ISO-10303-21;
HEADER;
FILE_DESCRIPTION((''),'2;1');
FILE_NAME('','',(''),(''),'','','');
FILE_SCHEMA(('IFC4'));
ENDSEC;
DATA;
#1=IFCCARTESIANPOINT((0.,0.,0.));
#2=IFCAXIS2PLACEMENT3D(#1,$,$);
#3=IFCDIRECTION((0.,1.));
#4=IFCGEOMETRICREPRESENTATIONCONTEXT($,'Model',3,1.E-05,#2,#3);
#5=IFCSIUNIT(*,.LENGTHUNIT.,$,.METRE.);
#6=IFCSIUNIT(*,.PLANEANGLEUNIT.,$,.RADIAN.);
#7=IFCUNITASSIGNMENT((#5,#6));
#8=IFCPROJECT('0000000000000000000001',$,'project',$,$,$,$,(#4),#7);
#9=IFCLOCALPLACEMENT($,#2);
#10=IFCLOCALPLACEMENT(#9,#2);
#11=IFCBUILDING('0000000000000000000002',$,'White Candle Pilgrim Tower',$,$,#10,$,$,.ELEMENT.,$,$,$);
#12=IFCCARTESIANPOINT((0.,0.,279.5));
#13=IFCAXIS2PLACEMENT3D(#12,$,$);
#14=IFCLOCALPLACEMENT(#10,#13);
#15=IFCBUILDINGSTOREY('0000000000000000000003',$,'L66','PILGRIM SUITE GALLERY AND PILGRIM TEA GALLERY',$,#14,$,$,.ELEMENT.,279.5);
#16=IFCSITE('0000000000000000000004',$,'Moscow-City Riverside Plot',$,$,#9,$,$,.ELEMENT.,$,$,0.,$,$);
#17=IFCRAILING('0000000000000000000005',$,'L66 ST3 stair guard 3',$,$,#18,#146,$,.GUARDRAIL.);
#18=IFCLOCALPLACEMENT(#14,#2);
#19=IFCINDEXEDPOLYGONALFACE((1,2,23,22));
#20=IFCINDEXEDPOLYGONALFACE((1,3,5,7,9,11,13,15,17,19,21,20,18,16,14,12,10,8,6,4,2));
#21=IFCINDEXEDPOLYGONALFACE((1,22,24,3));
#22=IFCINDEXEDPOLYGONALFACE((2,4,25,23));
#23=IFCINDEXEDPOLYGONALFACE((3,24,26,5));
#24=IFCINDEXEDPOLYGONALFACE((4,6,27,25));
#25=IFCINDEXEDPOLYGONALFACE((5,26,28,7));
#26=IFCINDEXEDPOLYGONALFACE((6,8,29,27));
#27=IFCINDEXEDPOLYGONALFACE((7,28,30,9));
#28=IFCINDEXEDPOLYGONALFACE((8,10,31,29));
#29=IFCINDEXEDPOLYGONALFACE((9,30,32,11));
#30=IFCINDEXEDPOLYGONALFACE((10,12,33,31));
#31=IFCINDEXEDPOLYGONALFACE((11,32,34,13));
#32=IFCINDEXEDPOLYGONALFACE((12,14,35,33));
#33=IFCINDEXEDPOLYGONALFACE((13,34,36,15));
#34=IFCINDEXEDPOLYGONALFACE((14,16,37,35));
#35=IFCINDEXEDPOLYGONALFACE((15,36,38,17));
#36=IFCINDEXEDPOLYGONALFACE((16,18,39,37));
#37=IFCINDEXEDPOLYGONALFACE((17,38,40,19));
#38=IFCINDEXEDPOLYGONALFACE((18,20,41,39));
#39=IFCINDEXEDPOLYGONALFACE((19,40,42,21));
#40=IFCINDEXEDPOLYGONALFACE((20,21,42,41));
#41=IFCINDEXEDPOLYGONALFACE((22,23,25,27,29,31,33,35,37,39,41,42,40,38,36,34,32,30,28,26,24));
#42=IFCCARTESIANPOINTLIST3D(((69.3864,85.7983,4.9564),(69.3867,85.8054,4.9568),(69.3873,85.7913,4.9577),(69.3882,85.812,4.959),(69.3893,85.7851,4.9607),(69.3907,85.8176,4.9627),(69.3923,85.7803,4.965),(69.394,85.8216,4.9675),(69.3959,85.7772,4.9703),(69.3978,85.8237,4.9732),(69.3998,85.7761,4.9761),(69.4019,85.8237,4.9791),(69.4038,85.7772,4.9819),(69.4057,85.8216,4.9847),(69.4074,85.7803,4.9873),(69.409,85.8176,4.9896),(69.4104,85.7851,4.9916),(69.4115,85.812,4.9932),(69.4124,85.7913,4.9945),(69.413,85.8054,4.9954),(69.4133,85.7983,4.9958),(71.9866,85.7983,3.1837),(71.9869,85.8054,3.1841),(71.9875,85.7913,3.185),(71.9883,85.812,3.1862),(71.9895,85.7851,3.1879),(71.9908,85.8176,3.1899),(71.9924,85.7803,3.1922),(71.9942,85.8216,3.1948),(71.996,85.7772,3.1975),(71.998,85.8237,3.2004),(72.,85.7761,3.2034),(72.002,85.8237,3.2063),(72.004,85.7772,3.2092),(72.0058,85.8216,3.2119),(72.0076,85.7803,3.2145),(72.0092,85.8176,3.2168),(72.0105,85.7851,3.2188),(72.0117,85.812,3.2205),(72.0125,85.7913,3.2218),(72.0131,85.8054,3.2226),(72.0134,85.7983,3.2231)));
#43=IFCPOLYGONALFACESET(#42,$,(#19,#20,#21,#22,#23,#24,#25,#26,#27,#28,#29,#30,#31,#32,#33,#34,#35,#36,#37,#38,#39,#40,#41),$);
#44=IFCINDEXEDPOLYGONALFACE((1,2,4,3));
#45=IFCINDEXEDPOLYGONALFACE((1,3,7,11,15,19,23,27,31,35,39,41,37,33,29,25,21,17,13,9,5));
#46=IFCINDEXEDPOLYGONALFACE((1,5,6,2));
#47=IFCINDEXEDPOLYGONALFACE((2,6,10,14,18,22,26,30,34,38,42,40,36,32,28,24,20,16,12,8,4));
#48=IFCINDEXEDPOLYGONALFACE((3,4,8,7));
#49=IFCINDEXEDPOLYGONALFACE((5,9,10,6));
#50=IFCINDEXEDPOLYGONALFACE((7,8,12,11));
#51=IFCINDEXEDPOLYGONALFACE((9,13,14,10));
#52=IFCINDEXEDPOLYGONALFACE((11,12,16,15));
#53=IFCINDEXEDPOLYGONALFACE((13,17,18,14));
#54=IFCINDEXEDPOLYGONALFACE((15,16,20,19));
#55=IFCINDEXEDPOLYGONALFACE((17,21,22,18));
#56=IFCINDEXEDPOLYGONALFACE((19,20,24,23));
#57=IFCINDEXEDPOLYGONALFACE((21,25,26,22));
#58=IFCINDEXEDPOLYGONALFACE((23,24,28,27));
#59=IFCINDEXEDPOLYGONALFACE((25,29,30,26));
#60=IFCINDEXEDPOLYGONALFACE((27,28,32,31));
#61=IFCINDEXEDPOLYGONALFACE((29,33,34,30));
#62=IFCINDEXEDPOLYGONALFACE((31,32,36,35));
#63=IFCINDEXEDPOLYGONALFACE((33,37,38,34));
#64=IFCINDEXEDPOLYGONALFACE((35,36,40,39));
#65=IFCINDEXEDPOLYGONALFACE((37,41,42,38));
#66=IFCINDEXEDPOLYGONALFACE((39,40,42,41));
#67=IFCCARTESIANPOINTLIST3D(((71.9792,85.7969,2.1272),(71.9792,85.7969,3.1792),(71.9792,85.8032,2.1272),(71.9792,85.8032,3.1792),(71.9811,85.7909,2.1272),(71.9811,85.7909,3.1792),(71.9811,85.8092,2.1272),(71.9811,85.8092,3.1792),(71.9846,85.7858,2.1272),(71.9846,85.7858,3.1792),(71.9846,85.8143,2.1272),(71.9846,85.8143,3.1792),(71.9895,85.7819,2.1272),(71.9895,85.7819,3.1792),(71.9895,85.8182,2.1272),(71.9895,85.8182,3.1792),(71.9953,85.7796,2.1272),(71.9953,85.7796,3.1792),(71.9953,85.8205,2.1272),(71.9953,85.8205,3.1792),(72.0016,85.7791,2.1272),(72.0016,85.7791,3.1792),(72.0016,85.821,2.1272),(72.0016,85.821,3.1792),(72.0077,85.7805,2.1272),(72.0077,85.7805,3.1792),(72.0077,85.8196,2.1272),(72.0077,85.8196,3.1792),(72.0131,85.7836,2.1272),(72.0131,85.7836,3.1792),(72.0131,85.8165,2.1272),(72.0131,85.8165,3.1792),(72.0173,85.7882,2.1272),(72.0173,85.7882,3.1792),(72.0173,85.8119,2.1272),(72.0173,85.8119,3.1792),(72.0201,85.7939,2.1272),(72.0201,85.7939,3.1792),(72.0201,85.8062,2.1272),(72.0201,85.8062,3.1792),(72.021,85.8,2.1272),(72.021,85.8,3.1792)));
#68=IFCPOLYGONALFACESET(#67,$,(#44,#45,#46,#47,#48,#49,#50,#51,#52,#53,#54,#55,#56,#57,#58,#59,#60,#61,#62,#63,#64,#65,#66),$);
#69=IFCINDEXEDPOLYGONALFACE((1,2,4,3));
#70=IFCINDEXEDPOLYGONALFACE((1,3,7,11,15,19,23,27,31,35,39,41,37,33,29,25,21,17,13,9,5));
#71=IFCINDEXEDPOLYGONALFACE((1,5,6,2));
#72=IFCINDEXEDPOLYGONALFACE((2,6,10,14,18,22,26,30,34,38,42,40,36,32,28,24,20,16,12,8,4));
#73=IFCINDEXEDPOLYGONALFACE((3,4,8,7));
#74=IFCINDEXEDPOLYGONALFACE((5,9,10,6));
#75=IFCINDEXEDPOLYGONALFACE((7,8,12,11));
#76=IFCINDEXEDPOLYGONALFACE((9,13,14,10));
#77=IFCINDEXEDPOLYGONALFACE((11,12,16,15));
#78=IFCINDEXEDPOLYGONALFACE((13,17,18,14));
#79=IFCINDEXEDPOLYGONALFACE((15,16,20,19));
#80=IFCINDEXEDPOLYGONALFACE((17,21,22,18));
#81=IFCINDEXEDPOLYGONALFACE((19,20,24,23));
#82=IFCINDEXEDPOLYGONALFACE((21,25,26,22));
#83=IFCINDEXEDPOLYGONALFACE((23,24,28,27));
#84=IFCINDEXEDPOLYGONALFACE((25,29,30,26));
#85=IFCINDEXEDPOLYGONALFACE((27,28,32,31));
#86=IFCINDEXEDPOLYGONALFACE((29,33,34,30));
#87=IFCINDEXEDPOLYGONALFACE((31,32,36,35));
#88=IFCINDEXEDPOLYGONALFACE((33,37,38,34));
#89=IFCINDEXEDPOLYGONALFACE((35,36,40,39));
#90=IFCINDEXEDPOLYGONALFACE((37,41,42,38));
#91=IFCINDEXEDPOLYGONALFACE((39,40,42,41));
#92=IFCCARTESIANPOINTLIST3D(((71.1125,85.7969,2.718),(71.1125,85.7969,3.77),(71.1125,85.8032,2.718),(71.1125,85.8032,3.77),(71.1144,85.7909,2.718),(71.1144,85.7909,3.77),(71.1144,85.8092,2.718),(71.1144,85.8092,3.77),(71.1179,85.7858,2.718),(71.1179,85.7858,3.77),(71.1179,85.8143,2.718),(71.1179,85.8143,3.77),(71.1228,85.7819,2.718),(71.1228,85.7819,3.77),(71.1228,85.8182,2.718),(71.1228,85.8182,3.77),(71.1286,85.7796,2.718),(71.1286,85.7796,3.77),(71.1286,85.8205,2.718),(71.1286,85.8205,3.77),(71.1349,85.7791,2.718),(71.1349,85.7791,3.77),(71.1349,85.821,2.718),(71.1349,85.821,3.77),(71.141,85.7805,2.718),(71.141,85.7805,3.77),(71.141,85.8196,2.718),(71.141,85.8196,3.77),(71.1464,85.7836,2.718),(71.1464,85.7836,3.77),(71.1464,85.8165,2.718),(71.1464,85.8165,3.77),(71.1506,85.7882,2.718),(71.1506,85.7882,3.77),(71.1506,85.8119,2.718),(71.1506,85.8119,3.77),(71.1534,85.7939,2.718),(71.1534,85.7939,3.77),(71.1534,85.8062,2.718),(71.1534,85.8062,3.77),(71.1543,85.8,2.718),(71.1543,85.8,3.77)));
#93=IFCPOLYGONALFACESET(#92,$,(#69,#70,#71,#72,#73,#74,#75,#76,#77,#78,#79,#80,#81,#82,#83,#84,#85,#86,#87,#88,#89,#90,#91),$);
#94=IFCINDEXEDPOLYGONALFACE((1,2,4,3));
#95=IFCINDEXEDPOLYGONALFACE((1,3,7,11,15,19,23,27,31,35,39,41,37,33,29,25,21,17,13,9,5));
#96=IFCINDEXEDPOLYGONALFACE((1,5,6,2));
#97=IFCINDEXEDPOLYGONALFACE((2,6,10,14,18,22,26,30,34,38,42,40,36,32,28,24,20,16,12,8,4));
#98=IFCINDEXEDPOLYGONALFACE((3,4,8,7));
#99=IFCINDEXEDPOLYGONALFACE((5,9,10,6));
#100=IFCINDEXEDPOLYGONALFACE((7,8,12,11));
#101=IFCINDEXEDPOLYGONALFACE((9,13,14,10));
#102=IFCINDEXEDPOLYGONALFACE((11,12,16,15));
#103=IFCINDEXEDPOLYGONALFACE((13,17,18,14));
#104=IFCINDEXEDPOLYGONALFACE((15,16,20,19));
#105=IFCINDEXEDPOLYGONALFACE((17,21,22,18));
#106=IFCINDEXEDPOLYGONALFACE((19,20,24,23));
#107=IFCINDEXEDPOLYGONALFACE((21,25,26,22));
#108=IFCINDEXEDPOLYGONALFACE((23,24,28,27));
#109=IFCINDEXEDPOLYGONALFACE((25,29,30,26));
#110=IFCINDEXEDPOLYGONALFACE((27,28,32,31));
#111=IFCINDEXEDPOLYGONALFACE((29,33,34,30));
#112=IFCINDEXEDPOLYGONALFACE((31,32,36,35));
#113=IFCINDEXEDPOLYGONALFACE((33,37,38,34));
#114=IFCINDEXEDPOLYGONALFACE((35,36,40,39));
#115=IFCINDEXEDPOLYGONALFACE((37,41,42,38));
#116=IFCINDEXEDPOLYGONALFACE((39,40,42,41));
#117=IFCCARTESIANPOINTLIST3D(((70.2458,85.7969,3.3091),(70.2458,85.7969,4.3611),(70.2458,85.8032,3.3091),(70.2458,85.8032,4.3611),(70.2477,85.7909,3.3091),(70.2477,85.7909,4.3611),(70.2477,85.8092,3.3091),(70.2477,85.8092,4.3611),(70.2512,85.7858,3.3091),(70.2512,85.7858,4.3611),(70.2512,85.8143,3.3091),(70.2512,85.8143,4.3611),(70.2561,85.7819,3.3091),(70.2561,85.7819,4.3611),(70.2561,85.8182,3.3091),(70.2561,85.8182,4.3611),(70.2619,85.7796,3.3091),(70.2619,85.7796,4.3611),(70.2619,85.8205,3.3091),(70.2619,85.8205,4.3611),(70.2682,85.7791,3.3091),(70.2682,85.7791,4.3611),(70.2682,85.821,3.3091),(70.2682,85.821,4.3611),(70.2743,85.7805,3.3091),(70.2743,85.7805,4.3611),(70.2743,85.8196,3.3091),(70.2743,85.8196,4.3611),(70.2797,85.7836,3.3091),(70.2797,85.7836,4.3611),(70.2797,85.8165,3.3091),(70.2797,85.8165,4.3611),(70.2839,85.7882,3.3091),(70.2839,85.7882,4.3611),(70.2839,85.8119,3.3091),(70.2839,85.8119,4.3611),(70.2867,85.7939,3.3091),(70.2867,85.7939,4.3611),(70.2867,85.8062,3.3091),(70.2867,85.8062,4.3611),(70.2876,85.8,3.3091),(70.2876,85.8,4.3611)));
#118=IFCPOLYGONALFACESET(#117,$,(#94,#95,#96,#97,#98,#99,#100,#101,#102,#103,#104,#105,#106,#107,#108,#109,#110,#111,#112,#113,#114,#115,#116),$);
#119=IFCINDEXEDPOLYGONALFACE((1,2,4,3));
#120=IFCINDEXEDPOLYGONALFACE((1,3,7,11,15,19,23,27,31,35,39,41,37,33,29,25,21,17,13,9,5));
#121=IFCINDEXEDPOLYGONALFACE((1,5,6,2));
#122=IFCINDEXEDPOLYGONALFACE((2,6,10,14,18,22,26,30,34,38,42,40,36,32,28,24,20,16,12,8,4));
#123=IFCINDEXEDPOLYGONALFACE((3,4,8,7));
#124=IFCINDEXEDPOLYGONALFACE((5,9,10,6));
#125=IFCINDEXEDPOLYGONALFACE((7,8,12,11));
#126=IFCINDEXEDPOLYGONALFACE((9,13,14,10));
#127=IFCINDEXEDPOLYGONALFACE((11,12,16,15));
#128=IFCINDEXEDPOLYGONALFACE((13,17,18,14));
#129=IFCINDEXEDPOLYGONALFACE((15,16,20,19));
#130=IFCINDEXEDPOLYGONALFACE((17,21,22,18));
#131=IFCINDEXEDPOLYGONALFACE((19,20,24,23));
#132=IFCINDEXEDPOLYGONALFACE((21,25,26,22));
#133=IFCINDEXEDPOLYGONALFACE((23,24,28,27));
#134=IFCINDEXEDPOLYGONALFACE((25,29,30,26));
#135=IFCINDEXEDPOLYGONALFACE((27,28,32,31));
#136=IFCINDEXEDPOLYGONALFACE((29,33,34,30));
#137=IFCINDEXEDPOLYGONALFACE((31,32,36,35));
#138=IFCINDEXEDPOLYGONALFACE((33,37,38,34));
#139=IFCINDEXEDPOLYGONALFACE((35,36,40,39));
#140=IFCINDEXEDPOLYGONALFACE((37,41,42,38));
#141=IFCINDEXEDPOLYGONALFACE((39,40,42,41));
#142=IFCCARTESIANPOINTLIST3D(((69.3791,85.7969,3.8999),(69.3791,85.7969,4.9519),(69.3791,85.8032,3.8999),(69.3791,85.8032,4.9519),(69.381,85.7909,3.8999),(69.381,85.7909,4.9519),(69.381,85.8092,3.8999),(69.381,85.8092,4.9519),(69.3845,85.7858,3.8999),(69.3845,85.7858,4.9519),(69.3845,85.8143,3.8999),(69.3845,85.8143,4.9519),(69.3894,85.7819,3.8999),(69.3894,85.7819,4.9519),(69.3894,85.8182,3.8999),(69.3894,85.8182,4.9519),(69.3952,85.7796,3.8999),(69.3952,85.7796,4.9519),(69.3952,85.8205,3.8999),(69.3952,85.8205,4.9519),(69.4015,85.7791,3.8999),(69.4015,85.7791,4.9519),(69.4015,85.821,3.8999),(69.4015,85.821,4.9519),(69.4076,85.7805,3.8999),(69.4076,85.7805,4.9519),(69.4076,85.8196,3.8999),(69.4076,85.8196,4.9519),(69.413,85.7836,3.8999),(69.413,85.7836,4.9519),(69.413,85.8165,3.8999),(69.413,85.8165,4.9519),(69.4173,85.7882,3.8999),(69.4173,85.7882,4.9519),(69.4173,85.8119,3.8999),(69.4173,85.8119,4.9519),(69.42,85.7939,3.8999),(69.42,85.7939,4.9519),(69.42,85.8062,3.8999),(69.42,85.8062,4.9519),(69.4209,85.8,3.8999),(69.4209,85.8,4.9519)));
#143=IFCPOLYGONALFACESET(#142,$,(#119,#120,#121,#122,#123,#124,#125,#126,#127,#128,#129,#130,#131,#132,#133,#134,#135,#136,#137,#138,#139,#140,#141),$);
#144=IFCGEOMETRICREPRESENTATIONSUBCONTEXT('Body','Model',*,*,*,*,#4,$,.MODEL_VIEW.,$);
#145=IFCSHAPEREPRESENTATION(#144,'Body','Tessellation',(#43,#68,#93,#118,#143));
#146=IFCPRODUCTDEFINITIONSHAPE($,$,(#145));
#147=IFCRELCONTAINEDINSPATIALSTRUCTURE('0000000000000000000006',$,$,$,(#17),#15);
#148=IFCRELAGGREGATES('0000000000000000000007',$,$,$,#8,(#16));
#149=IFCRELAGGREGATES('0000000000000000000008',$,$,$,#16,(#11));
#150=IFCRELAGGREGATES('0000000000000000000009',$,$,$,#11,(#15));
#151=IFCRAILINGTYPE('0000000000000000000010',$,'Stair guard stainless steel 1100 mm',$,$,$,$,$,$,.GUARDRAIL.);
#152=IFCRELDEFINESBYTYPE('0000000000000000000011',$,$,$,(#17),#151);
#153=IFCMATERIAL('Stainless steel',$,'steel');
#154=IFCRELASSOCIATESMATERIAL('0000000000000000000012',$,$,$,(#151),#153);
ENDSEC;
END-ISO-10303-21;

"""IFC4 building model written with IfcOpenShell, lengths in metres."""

from ifc_helpers import new_model, si_unit, direction, frame, origin, origin_2d, place, context, subcontext, project, spatial, circle, extrude, material, type_object, element, save


model = new_model("IFC4")

# Units and contexts
model_context = context("Model", 3, precision=1e-05, world=origin(), true_north=direction((0.0, 1.0)))
body_context = subcontext(model_context, "Body", "Model", "MODEL_VIEW")
ifc_project = project(units=[si_unit("LENGTHUNIT", "METRE"), si_unit("PLANEANGLEUNIT", "RADIAN")], contexts=[model_context])

# Site, building, storey
site_placement = place(None, origin())
site = spatial("IfcSite", under=ifc_project, at=site_placement, Name="Moscow-City Riverside Plot", CompositionType="ELEMENT", RefElevation=0.0)
building_placement = place(site_placement, origin())
building = spatial("IfcBuilding", under=site, at=building_placement, Name="White Candle Pilgrim Tower", CompositionType="ELEMENT")
storey_placement = place(building_placement, frame((0.0, 0.0, 279.5)))
storey = spatial("IfcBuildingStorey", under=building, at=storey_placement, Name="L66", Description="PILGRIM SUITE GALLERY AND PILGRIM TEA GALLERY", CompositionType="ELEMENT", Elevation=279.5)

# Railing
ifc_material_1 = material(Name="Stainless steel", Category="steel")
railing_type_1 = type_object("IfcRailingType", Name="Stair guard stainless steel 1100 mm", PredefinedType="GUARDRAIL", material=ifc_material_1)
railing_1_placement = place(storey_placement, frame((72.0, 85.8, 2.1272)))
element("IfcRailing", 1, at=railing_1_placement, inside=storey, type_object=railing_type_1, Name="L66 ST3 stair guard 3", PredefinedType="GUARDRAIL", context=body_context, shape_type="SweptSolid", body=[
    extrude(circle(Radius=0.0239, at=origin_2d()), frame((0.0, 0.0, 1.0762), z_axis=(-0.82624, 0.0, 0.563318), x_axis=(0.0, -1.0, 0.0)), (0.0, 0.0, 1.0), 3.147),
    extrude(circle(Radius=0.021, at=origin_2d()), origin(), (0.0, 0.0, 1.0), 1.052),
    extrude(circle(Radius=0.021, at=origin_2d()), frame((-0.8667, 0.0, 0.5908)), (0.0, 0.0, 1.0), 1.052),
    extrude(circle(Radius=0.021, at=origin_2d()), frame((-1.7334, 0.0, 1.1819)), (0.0, 0.0, 1.0), 1.052),
    extrude(circle(Radius=0.021, at=origin_2d()), frame((-2.6001, 0.0, 1.7727)), (0.0, 0.0, 1.0), 1.052),
])

save(model, "model.ifc")
